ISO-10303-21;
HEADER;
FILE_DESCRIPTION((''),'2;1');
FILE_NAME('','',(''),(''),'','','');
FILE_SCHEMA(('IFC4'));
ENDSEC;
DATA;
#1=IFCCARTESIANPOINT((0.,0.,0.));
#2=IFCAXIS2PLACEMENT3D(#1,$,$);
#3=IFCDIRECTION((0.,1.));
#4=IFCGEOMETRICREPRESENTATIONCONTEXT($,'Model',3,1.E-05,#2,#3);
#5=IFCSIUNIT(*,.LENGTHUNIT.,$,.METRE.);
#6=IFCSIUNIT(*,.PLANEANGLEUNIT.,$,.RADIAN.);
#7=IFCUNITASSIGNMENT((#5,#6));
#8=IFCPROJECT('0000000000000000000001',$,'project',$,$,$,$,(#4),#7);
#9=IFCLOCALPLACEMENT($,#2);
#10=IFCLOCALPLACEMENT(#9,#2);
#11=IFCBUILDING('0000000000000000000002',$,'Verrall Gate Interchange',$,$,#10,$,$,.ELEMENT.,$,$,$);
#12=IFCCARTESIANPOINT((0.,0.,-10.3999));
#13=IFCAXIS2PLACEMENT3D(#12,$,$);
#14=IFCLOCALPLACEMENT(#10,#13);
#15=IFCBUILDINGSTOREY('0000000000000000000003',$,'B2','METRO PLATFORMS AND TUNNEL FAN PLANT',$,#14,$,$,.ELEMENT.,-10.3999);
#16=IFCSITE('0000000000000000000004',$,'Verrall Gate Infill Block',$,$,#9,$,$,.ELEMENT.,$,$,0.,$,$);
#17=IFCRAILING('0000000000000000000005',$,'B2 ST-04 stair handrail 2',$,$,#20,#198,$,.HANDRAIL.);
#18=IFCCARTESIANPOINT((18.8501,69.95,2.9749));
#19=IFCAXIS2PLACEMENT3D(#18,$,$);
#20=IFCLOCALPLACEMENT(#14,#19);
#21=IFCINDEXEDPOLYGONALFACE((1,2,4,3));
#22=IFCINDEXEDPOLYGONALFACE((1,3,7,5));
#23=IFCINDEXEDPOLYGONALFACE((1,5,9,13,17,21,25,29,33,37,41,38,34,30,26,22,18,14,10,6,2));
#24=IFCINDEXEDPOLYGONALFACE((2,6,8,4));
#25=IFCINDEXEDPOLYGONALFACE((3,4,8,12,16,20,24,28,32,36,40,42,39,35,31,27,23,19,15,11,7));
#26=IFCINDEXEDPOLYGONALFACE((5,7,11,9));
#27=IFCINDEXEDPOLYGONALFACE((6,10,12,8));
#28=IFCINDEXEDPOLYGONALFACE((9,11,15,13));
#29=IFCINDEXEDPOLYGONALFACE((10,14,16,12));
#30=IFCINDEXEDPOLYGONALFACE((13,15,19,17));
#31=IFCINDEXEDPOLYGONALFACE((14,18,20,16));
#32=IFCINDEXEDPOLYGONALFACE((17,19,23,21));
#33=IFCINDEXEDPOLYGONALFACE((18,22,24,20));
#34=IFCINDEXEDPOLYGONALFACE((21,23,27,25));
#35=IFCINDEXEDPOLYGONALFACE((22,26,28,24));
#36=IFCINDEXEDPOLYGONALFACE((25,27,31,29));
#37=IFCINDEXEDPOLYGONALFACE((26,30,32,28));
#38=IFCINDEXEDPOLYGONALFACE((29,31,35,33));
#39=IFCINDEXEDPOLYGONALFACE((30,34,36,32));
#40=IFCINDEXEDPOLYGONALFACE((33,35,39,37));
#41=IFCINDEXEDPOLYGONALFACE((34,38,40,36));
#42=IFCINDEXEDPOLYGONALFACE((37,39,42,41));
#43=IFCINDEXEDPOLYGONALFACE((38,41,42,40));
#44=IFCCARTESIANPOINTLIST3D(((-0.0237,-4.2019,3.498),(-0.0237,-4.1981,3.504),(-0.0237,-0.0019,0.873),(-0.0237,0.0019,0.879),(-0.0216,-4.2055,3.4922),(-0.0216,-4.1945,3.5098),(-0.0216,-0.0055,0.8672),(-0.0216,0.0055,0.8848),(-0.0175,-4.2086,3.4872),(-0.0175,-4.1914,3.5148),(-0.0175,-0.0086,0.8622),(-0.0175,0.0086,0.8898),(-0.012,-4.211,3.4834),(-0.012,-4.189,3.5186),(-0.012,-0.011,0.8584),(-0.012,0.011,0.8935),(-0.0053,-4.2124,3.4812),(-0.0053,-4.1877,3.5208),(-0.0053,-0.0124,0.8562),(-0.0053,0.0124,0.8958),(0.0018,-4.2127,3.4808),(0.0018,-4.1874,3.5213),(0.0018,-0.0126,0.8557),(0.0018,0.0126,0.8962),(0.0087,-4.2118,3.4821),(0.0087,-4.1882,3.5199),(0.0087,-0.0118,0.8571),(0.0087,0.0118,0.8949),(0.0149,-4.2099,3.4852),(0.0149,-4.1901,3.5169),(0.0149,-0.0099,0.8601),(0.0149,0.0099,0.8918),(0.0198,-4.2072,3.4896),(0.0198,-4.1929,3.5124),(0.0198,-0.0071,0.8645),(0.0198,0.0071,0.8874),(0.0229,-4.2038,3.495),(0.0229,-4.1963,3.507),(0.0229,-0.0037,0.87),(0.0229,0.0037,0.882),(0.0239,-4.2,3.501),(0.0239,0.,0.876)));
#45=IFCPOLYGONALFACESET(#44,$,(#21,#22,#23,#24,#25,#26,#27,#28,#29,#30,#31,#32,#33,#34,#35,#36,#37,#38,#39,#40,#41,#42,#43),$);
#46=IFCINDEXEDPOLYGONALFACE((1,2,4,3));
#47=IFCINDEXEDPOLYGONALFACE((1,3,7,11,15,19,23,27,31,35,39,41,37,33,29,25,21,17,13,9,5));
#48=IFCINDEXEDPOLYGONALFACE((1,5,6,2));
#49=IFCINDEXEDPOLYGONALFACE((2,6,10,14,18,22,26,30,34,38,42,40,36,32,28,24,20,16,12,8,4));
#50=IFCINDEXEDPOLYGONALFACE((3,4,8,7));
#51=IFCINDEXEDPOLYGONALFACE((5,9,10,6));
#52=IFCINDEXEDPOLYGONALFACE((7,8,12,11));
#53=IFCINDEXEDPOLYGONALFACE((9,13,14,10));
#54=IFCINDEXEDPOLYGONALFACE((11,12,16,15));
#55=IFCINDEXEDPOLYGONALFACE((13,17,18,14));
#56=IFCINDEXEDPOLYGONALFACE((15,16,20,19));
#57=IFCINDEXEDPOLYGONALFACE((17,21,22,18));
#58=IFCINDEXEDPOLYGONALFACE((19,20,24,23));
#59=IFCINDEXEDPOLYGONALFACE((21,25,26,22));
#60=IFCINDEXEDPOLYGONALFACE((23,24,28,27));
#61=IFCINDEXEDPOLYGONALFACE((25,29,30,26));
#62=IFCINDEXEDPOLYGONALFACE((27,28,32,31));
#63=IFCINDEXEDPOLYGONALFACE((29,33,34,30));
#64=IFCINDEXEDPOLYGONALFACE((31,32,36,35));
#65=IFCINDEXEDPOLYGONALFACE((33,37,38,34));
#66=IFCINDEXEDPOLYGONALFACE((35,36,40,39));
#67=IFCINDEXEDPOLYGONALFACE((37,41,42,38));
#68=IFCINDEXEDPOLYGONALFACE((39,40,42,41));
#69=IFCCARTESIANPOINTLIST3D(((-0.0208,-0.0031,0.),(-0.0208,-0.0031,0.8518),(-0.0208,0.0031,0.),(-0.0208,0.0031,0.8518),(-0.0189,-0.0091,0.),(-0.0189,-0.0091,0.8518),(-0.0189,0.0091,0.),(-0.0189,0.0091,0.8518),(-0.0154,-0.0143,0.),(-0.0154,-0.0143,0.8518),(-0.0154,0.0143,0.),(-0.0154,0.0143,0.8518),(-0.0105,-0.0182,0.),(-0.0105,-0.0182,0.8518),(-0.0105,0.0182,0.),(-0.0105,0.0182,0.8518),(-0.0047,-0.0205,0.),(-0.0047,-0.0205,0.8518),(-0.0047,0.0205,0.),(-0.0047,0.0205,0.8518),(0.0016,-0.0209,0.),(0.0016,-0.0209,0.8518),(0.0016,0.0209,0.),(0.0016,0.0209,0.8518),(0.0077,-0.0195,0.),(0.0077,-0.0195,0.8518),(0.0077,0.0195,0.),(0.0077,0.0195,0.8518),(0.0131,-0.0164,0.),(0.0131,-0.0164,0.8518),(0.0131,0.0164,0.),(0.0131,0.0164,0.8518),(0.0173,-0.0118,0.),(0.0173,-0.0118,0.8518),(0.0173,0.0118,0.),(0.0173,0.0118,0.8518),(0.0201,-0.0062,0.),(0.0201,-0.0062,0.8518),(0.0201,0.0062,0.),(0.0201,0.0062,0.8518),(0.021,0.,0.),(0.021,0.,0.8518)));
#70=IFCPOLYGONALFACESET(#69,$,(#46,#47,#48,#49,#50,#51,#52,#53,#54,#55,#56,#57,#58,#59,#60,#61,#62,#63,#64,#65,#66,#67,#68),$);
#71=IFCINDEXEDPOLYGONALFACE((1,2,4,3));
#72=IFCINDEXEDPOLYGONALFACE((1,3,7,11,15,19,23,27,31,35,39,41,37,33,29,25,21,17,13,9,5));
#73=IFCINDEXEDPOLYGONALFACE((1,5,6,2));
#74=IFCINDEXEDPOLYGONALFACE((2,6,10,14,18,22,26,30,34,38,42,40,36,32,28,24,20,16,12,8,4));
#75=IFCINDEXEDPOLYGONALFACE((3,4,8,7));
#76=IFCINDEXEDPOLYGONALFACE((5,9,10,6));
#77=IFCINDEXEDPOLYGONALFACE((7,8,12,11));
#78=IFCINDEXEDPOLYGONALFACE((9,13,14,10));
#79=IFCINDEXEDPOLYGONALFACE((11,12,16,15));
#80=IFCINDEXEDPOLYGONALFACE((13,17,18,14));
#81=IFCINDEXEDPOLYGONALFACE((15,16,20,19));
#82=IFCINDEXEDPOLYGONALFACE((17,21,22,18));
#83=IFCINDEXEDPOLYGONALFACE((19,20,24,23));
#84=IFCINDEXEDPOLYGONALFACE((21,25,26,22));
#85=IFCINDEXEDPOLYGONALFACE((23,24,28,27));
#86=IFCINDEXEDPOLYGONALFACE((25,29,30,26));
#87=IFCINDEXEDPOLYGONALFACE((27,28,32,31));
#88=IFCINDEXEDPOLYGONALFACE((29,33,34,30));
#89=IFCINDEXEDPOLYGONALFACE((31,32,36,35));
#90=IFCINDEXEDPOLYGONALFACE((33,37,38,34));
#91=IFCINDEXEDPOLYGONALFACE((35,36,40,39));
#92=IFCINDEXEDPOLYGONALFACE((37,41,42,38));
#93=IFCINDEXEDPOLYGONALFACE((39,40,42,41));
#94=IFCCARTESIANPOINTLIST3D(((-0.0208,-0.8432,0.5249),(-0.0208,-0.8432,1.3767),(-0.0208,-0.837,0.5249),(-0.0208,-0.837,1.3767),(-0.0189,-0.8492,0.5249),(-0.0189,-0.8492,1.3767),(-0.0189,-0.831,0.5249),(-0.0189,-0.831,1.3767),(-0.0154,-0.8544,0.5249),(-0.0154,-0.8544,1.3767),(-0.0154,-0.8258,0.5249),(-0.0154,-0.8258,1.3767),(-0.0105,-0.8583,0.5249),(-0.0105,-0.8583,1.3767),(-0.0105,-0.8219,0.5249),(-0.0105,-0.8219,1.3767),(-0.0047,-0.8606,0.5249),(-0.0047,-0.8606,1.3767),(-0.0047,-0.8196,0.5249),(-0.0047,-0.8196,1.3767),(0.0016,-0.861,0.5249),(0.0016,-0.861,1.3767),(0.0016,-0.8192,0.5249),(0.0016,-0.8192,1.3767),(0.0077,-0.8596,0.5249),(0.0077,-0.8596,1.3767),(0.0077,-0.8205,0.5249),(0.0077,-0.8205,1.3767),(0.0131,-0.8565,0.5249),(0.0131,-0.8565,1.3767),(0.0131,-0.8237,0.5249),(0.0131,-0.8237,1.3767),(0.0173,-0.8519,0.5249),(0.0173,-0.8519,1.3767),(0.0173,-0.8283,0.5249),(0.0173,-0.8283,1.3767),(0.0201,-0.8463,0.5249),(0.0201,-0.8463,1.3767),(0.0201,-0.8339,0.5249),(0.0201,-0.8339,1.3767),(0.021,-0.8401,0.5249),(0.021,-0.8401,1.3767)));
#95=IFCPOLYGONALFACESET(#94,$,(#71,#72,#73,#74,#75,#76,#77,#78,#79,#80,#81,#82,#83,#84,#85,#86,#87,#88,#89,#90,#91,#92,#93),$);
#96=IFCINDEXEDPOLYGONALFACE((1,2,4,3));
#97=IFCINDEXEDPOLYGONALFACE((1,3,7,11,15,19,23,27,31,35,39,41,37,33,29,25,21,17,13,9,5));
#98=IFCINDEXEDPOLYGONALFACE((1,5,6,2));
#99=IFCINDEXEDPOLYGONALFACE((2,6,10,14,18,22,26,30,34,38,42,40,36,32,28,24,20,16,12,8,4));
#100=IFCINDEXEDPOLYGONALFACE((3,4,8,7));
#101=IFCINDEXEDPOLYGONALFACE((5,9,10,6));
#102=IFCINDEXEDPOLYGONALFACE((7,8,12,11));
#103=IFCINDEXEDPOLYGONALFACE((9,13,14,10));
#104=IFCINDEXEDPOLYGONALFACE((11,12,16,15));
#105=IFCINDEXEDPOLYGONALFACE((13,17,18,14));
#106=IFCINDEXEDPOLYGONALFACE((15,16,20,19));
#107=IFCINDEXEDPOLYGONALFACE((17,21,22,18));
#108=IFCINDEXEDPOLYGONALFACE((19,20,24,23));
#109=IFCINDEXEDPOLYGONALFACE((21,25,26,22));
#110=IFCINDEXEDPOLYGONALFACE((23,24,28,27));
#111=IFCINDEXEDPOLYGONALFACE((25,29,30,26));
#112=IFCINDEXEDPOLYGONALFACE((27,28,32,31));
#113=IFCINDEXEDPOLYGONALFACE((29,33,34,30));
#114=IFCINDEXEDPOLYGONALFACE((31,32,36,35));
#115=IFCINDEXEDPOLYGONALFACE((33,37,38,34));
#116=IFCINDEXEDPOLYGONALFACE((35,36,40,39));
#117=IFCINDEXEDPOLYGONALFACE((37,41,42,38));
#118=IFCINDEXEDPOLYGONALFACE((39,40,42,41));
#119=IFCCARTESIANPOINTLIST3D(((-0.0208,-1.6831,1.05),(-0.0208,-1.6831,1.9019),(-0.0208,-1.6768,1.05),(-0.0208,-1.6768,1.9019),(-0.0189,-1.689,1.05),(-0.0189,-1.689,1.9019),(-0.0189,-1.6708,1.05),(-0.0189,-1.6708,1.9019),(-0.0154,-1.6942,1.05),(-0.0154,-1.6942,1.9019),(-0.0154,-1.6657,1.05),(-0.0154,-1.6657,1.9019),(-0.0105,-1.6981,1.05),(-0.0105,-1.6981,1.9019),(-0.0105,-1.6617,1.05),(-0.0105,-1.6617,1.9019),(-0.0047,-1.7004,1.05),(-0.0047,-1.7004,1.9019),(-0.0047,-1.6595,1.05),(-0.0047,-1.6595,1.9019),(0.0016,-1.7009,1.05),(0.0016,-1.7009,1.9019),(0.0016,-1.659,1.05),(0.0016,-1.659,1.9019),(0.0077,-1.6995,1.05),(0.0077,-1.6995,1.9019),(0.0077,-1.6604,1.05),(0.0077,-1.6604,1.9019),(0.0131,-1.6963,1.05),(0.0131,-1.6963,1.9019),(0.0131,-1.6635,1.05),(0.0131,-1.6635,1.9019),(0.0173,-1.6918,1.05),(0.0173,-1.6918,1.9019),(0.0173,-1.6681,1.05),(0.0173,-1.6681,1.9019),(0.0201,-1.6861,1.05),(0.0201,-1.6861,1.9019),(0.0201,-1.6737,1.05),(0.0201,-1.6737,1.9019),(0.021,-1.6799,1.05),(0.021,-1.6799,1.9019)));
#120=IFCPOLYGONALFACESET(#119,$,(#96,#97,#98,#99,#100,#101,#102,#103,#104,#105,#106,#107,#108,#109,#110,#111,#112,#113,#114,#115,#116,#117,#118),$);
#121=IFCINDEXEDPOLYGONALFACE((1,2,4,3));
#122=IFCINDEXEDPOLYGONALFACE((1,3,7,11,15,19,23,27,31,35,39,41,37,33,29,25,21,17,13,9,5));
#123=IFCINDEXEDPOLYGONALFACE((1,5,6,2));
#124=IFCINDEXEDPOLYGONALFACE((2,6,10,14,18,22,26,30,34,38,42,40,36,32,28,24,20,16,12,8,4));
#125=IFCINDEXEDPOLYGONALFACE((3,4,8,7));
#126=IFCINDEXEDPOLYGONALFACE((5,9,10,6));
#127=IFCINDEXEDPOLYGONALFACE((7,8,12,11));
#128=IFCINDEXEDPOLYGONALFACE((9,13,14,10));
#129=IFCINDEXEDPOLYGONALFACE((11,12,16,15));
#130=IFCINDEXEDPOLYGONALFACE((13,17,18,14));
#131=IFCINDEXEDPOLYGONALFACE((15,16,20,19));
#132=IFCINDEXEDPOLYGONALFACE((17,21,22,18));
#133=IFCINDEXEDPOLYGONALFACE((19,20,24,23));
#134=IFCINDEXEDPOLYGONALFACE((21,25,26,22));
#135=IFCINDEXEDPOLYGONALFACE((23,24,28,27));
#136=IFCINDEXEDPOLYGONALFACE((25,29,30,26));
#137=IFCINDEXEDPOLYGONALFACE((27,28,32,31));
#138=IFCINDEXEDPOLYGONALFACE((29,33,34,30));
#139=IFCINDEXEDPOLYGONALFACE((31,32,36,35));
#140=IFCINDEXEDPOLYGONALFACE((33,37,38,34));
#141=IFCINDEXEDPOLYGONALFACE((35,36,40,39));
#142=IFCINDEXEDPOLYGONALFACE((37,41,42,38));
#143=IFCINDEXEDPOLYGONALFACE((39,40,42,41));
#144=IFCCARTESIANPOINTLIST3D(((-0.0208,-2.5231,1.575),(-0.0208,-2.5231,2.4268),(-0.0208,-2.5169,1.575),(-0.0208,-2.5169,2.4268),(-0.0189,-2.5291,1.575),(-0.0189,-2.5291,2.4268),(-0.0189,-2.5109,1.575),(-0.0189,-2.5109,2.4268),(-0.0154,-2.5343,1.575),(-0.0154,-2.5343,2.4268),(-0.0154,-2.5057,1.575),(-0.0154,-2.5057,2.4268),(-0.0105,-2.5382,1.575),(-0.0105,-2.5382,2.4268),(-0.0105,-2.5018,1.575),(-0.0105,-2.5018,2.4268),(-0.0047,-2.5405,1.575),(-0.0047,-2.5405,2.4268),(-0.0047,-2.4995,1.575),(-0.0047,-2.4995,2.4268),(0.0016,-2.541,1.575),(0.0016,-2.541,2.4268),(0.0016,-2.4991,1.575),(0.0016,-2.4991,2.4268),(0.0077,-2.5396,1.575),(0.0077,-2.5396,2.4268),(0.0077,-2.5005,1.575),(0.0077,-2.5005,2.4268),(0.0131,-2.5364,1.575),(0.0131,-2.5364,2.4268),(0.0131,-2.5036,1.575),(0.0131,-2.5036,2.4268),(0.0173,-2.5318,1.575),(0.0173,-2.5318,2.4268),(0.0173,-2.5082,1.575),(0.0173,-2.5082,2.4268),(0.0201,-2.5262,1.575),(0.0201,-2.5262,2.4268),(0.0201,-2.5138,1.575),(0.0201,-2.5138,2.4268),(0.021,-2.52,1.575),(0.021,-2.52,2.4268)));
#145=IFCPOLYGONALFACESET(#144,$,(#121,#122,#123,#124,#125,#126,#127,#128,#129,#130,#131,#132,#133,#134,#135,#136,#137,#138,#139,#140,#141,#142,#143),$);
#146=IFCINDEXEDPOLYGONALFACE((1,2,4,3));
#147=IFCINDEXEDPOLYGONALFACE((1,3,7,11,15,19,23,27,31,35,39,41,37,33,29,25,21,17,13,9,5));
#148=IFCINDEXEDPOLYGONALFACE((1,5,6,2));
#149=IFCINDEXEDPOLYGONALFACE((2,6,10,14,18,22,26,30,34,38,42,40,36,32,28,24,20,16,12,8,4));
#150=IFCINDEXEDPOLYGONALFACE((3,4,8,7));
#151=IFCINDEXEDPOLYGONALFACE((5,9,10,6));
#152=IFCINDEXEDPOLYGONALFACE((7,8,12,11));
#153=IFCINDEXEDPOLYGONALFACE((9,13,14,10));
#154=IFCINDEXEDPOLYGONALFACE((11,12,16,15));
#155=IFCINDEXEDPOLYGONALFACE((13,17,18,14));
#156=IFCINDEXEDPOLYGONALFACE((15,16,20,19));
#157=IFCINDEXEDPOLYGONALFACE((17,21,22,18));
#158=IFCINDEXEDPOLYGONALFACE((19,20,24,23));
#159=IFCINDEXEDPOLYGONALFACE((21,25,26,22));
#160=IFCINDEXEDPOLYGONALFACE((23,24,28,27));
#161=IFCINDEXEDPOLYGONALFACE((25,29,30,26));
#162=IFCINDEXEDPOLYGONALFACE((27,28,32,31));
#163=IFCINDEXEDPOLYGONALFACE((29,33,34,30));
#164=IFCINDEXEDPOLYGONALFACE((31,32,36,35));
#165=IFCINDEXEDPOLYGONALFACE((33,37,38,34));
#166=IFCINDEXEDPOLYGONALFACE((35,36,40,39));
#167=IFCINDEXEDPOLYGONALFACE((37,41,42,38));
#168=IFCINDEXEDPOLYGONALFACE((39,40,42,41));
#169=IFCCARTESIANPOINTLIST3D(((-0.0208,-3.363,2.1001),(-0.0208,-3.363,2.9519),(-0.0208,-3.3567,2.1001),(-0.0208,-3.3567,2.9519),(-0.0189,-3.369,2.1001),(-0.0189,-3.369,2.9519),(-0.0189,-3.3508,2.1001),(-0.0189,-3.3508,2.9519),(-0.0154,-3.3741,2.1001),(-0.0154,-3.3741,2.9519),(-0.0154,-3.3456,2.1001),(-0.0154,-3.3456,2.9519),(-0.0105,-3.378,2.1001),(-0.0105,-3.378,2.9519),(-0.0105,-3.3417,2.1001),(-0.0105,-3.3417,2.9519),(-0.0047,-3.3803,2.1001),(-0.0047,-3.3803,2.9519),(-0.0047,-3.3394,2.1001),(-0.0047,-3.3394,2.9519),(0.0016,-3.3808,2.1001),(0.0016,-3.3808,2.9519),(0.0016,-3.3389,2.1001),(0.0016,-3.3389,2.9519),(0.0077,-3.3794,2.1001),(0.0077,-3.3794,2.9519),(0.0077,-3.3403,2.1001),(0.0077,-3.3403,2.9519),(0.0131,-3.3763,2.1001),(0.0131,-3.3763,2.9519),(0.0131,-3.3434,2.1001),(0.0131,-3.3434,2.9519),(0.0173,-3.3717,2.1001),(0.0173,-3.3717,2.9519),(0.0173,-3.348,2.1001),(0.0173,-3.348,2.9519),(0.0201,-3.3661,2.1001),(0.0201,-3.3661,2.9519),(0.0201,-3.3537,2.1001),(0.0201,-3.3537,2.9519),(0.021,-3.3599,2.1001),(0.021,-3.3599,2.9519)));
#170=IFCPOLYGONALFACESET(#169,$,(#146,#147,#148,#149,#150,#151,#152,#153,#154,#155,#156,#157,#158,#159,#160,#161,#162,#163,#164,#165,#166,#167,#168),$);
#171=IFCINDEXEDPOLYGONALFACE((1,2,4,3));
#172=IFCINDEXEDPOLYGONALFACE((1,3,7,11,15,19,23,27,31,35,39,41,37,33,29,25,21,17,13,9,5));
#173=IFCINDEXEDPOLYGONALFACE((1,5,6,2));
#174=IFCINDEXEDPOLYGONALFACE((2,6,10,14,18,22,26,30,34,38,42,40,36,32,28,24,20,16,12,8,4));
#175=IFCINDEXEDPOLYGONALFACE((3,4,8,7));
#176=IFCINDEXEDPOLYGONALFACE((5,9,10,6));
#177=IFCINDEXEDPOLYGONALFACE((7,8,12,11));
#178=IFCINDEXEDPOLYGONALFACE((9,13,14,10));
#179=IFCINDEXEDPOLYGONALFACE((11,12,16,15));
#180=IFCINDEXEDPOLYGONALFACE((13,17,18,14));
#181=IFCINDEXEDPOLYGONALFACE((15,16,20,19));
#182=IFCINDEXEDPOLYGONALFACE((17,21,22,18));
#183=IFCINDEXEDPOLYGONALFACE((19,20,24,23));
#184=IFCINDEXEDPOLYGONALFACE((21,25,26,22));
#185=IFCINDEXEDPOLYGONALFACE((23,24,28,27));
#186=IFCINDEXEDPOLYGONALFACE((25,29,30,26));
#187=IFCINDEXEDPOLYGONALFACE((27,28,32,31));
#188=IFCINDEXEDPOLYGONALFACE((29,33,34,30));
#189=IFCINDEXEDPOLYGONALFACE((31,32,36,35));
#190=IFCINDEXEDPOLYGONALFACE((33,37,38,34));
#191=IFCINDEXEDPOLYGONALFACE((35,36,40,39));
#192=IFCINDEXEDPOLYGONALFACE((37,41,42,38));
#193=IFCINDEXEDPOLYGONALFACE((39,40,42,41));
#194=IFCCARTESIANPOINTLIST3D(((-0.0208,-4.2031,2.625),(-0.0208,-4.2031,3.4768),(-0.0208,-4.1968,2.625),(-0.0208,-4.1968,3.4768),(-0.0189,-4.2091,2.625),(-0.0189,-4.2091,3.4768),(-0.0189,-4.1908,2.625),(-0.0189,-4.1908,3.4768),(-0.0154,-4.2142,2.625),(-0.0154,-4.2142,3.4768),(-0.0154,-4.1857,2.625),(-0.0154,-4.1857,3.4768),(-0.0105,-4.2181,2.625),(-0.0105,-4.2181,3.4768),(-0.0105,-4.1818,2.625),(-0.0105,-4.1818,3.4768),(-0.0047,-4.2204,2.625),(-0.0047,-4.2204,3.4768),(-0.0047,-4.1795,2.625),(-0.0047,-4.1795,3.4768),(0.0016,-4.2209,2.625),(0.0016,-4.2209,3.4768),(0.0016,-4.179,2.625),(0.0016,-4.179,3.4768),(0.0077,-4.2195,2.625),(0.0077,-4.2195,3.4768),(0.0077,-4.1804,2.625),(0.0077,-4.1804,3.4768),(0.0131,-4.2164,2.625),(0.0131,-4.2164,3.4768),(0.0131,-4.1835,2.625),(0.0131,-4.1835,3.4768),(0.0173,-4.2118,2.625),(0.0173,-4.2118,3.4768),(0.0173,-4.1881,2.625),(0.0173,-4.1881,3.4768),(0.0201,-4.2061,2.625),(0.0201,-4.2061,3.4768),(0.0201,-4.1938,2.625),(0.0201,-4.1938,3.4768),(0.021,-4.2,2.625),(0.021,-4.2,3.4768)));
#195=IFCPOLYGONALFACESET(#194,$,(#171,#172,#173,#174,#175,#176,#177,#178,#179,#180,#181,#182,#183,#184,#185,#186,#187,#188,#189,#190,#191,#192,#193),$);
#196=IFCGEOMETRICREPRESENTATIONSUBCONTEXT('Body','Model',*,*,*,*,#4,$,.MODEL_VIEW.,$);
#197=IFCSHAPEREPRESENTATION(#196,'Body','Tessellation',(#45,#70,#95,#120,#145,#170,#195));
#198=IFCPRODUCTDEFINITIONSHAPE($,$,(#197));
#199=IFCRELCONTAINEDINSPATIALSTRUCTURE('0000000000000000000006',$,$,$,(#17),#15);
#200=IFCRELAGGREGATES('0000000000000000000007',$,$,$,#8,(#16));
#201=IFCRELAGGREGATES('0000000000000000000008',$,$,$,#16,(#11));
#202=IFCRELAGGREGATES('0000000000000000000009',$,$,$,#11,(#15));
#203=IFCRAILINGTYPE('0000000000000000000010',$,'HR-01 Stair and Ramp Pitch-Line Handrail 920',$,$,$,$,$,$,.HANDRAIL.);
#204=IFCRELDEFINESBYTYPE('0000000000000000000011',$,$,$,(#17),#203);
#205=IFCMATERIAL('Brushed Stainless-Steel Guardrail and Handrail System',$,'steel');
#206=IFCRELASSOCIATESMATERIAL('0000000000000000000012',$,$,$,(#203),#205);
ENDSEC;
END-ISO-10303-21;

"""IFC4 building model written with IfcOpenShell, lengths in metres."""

from ifc_helpers import new_model, si_unit, direction, frame, origin, origin_2d, place, context, subcontext, project, spatial, circle, extrude, material, type_object, element, save


model = new_model("IFC4")

# Units and contexts
model_context = context("Model", 3, precision=1e-05, world=origin(), true_north=direction((0.0, 1.0)))
body_context = subcontext(model_context, "Body", "Model", "MODEL_VIEW")
ifc_project = project(units=[si_unit("LENGTHUNIT", "METRE"), si_unit("PLANEANGLEUNIT", "RADIAN")], contexts=[model_context])

# Site, building, storey
site_placement = place(None, origin())
site = spatial("IfcSite", under=ifc_project, at=site_placement, Name="Verrall Gate Infill Block", CompositionType="ELEMENT", RefElevation=0.0)
building_placement = place(site_placement, origin())
building = spatial("IfcBuilding", under=site, at=building_placement, Name="Verrall Gate Interchange", CompositionType="ELEMENT")
storey_placement = place(building_placement, frame((0.0, 0.0, -10.3999)))
storey = spatial("IfcBuildingStorey", under=building, at=storey_placement, Name="B2", Description="METRO PLATFORMS AND TUNNEL FAN PLANT", CompositionType="ELEMENT", Elevation=-10.3999)

# Railing
ifc_material_1 = material(Name="Brushed Stainless-Steel Guardrail and Handrail System", Category="steel")
railing_type_1 = type_object("IfcRailingType", Name="HR-01 Stair and Ramp Pitch-Line Handrail 920", PredefinedType="HANDRAIL", material=ifc_material_1)
railing_1_placement = place(storey_placement, frame((18.8501, 69.95, 2.9749)))
element("IfcRailing", 1, at=railing_1_placement, inside=storey, type_object=railing_type_1, Name="B2 ST-04 stair handrail 2", PredefinedType="HANDRAIL", context=body_context, shape_type="SweptSolid", body=[
    extrude(circle(Radius=0.0239, at=origin_2d()), frame((0.0, 0.0, 0.876), z_axis=(0.0, -0.847996, 0.530003), x_axis=(1.0, 0.0, 0.0)), (0.0, 0.0, 1.0), 4.9529),
    extrude(circle(Radius=0.021, at=origin_2d()), origin(), (0.0, 0.0, 1.0), 0.8518),
    extrude(circle(Radius=0.021, at=origin_2d()), frame((0.0, -0.8401, 0.5249)), (0.0, 0.0, 1.0), 0.8518),
    extrude(circle(Radius=0.021, at=origin_2d()), frame((0.0, -1.6799, 1.05)), (0.0, 0.0, 1.0), 0.8518),
    extrude(circle(Radius=0.021, at=origin_2d()), frame((0.0, -2.52, 1.575)), (0.0, 0.0, 1.0), 0.8518),
    extrude(circle(Radius=0.021, at=origin_2d()), frame((0.0, -3.3599, 2.1001)), (0.0, 0.0, 1.0), 0.8518),
    extrude(circle(Radius=0.021, at=origin_2d()), frame((0.0, -4.2, 2.625)), (0.0, 0.0, 1.0), 0.8518),
])

save(model, "model.ifc")
